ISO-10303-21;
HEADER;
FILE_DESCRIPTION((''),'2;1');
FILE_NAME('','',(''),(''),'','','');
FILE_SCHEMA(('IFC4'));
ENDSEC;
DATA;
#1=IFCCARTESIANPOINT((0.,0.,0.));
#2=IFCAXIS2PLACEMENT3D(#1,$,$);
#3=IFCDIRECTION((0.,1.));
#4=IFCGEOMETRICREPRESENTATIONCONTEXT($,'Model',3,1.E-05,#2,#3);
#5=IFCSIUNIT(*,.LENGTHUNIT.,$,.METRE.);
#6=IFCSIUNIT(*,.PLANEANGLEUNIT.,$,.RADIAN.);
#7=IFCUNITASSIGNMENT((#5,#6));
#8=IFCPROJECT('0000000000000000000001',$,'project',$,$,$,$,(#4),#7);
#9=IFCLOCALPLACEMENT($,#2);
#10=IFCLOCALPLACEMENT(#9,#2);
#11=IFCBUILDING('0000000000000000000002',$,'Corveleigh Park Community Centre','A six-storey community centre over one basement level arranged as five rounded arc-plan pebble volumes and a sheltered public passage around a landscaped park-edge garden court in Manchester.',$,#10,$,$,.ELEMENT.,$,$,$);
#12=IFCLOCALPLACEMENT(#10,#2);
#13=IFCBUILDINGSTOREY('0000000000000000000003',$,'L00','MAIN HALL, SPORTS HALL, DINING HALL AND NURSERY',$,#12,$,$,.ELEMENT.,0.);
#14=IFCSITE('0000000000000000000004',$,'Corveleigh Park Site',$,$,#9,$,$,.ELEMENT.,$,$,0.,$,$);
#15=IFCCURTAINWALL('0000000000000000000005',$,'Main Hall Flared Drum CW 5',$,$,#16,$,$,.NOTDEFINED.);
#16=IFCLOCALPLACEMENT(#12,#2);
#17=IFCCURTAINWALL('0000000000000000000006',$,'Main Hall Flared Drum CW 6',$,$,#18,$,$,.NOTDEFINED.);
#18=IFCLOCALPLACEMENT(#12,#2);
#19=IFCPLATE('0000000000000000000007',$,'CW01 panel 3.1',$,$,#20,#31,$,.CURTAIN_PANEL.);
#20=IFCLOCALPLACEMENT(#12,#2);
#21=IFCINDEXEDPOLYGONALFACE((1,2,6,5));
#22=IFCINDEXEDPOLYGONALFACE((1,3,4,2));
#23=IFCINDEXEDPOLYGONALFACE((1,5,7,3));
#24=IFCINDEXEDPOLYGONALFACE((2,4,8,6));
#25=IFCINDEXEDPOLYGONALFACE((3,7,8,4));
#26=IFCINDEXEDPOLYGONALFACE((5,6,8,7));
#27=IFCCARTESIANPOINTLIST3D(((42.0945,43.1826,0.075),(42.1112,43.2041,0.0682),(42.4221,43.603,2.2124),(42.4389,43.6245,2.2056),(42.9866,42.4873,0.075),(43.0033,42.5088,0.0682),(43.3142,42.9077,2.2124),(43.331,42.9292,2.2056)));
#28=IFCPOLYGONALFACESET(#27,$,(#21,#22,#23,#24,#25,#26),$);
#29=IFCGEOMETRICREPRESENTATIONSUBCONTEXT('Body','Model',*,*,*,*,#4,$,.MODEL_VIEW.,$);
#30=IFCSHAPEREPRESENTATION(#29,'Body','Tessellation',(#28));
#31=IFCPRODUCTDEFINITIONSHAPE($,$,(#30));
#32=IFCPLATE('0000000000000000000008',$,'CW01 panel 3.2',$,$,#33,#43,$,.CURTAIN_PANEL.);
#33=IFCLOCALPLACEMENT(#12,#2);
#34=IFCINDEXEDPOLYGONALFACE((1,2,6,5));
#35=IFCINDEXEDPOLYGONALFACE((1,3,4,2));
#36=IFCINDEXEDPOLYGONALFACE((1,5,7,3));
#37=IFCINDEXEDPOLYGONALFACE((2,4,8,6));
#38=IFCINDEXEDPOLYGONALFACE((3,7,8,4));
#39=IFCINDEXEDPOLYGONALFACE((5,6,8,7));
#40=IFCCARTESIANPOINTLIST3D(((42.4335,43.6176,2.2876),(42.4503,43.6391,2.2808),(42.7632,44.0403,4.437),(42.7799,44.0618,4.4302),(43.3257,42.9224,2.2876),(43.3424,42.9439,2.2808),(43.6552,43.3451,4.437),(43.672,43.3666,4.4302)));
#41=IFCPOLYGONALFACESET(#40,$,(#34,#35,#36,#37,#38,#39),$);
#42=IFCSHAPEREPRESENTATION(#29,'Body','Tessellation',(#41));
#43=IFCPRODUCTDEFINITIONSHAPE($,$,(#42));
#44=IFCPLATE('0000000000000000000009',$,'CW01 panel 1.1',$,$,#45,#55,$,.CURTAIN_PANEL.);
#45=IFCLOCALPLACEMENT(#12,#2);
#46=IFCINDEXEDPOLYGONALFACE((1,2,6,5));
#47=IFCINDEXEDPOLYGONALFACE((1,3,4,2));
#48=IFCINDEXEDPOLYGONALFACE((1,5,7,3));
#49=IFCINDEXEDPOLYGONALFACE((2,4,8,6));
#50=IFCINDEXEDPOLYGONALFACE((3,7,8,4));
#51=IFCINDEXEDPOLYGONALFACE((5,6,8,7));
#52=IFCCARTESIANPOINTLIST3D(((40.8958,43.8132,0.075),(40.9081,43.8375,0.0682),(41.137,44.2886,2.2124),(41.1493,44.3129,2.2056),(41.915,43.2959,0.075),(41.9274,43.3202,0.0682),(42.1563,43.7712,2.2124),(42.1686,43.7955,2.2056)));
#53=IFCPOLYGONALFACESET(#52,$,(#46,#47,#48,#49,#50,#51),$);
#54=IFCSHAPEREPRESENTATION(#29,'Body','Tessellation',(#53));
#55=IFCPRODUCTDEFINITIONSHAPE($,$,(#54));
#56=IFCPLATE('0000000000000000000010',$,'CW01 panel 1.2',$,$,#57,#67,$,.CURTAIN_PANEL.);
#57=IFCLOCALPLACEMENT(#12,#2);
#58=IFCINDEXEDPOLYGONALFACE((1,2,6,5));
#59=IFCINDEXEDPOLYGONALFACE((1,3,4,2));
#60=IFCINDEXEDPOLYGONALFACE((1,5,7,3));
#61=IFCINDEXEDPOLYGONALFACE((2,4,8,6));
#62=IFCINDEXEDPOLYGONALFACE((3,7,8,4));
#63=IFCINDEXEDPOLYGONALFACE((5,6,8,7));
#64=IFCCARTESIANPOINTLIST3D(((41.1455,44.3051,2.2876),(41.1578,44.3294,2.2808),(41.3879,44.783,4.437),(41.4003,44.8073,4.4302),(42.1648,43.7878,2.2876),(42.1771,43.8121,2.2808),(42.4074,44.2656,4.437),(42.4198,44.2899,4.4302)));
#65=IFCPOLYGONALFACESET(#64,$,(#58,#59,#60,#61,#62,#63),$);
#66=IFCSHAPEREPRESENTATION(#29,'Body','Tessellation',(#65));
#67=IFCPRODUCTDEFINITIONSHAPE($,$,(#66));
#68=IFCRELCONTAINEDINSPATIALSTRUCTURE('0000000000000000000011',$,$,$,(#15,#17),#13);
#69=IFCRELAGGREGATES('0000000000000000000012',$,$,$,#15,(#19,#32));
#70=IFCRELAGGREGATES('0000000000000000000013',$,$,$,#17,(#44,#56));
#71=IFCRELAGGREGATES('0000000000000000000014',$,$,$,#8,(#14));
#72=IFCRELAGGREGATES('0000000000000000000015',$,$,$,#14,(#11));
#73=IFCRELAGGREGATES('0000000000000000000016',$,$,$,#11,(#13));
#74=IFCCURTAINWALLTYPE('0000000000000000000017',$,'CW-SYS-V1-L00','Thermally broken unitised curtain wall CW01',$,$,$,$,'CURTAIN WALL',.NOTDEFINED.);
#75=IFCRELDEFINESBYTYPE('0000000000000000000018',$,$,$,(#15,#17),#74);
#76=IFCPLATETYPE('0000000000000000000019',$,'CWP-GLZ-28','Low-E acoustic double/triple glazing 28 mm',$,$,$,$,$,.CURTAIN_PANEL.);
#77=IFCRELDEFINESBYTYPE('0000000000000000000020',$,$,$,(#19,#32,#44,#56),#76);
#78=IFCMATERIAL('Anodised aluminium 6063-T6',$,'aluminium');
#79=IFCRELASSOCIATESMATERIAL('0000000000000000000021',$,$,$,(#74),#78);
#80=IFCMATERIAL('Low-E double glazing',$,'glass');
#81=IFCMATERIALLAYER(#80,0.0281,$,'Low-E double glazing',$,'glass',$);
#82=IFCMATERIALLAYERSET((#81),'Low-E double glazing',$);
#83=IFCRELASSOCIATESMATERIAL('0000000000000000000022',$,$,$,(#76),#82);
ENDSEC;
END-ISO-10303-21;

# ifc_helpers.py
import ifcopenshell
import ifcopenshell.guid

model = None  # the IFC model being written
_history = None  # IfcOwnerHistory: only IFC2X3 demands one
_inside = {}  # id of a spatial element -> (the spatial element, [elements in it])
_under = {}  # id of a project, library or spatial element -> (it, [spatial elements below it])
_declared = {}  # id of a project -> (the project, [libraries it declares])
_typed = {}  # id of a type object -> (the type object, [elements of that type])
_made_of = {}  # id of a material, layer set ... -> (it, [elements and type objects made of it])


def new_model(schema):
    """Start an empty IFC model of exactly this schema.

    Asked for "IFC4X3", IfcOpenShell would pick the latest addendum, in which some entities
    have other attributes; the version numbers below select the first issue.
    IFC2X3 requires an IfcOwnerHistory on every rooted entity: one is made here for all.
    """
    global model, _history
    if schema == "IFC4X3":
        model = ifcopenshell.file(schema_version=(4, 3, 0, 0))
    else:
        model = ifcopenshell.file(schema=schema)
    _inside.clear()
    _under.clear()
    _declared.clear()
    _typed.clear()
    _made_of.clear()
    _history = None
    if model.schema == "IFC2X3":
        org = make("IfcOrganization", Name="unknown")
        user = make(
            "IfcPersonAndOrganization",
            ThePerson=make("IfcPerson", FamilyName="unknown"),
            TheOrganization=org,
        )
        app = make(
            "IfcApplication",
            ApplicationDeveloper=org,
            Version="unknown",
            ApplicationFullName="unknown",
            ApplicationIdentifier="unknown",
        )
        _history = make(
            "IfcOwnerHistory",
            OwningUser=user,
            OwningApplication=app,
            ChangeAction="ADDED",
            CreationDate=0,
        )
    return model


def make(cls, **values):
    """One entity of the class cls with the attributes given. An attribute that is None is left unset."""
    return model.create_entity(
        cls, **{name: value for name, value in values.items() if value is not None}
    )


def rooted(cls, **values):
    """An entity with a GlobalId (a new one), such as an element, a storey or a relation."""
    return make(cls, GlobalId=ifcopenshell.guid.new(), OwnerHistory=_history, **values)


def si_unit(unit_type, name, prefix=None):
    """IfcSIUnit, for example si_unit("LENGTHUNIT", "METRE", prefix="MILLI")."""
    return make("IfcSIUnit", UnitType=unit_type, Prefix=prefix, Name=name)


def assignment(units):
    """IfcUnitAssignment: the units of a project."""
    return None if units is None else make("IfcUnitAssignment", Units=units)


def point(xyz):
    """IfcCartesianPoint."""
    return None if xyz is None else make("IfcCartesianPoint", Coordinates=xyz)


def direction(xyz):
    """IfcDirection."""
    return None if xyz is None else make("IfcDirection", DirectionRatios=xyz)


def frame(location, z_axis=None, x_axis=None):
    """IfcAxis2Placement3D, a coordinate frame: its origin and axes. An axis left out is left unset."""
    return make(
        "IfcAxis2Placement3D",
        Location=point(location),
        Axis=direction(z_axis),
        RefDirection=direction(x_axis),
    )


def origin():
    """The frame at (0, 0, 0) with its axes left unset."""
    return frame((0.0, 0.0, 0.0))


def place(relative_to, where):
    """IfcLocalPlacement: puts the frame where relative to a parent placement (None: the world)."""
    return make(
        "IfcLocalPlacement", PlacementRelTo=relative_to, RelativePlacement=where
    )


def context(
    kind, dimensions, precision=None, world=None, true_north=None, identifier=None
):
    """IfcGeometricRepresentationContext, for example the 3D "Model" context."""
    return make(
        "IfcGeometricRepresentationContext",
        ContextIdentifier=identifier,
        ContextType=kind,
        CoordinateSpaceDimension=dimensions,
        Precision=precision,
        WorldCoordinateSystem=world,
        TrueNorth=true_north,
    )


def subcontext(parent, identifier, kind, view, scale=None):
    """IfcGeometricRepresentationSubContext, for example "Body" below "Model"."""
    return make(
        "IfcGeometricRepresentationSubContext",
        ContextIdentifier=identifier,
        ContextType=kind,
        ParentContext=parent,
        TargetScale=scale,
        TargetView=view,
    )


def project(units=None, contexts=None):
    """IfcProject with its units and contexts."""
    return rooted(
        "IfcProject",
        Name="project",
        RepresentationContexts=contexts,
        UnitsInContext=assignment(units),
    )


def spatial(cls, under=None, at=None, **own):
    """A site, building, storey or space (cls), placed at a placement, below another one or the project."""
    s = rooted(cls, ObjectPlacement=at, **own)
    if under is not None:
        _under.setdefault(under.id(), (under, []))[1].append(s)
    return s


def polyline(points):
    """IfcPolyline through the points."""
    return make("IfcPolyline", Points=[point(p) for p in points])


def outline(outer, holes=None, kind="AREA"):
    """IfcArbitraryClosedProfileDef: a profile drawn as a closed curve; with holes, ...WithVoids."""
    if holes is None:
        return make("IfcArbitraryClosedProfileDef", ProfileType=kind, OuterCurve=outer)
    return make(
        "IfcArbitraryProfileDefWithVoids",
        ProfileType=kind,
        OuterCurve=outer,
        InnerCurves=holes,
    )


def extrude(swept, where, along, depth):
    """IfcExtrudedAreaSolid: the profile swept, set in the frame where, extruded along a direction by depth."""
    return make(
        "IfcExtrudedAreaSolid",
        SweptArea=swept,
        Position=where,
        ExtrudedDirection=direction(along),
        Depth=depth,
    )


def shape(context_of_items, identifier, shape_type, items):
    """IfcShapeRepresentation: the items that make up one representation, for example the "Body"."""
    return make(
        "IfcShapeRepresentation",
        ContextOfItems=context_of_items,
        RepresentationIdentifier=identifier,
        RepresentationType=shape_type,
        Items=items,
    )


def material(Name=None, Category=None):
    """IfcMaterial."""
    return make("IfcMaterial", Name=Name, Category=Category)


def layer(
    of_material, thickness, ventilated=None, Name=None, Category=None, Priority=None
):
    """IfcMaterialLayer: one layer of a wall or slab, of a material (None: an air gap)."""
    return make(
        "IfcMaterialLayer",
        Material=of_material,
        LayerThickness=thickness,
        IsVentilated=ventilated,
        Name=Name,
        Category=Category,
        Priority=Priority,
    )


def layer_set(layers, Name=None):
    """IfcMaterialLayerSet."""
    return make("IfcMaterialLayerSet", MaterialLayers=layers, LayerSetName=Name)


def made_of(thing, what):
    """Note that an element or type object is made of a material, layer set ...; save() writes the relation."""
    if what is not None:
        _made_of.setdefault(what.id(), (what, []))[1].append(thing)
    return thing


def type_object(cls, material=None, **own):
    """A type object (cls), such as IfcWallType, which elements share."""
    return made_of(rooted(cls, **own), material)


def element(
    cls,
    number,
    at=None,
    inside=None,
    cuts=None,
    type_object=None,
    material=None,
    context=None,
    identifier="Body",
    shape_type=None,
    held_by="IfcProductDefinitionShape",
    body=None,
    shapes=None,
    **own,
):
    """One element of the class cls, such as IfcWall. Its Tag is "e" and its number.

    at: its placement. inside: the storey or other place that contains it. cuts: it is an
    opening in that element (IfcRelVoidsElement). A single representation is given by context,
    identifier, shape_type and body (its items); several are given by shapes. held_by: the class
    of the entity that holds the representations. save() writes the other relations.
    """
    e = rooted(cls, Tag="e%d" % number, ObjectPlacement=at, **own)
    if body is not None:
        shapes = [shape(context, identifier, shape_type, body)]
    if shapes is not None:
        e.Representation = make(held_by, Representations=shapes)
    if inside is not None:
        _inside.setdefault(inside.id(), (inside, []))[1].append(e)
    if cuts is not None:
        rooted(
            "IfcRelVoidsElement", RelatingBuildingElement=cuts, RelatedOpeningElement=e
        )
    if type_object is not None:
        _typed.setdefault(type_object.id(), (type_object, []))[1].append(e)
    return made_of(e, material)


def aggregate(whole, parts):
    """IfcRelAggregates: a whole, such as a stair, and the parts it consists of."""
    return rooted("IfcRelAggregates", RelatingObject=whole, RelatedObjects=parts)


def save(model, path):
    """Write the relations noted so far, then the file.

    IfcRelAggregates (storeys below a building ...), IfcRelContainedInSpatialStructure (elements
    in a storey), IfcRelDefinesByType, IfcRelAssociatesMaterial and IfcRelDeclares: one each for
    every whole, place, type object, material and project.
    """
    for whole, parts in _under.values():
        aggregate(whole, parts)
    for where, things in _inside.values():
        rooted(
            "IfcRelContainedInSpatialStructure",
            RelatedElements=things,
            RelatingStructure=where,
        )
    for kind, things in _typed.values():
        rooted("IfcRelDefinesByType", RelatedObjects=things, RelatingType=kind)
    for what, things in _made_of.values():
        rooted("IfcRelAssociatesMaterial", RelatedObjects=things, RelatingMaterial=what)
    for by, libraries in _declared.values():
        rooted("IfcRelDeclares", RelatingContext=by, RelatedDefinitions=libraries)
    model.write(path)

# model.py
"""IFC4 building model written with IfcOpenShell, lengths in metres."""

from ifc_helpers import new_model, si_unit, direction, frame, origin, place, context, subcontext, project, spatial, polyline, outline, extrude, material, layer, layer_set, type_object, element, aggregate, save


model = new_model("IFC4")

# Units and contexts
model_context = context("Model", 3, precision=1e-05, world=origin(), true_north=direction((0.0, 1.0)))
body_context = subcontext(model_context, "Body", "Model", "MODEL_VIEW")
ifc_project = project(units=[si_unit("LENGTHUNIT", "METRE"), si_unit("PLANEANGLEUNIT", "RADIAN")], contexts=[model_context])

# Site, building, storey
site_placement = place(None, origin())
site = spatial("IfcSite", under=ifc_project, at=site_placement, Name="Corveleigh Park Site", CompositionType="ELEMENT", RefElevation=0.0)
building_placement = place(site_placement, origin())
building = spatial("IfcBuilding", under=site, at=building_placement, Name="Corveleigh Park Community Centre", Description="A six-storey community centre over one basement level arranged as five rounded arc-plan pebble volumes and a sheltered public passage around a landscaped park-edge garden court in Manchester.", CompositionType="ELEMENT")
storey_placement = place(building_placement, origin())
storey = spatial("IfcBuildingStorey", under=building, at=storey_placement, Name="L00", Description="MAIN HALL, SPORTS HALL, DINING HALL AND NURSERY", CompositionType="ELEMENT", Elevation=0.0)

# Curtain wall
ifc_material_1 = material(Name="Anodised aluminium 6063-T6", Category="aluminium")
curtain_wall_type = type_object("IfcCurtainWallType", Name="CW-SYS-V1-L00", Description="Thermally broken unitised curtain wall CW01", ElementType="CURTAIN WALL", PredefinedType="NOTDEFINED", material=ifc_material_1)
curtain_wall_1_placement = place(storey_placement, origin())
curtain_wall_1 = element("IfcCurtainWall", 1, at=curtain_wall_1_placement, inside=storey, type_object=curtain_wall_type, Name="Main Hall Flared Drum CW 5", PredefinedType="NOTDEFINED")

# Curtain wall
curtain_wall_2_placement = place(storey_placement, origin())
curtain_wall_2 = element("IfcCurtainWall", 2, at=curtain_wall_2_placement, inside=storey, type_object=curtain_wall_type, Name="Main Hall Flared Drum CW 6", PredefinedType="NOTDEFINED")

# Plates
ifc_material_2 = material(Name="Low-E double glazing", Category="glass")
ifc_layer = layer(ifc_material_2, 0.0281, Name="Low-E double glazing", Category="glass")
ifc_layer_set = layer_set([ifc_layer], Name="Low-E double glazing")
plate_type = type_object("IfcPlateType", Name="CWP-GLZ-28", Description="Low-E acoustic double/triple glazing 28 mm", PredefinedType="CURTAIN_PANEL", material=ifc_layer_set)
plate_1_placement = place(storey_placement, frame((42.9866, 42.4873, 0.075), z_axis=(-0.596482, -0.765289, 0.241954), x_axis=(-0.788724, 0.614747, 0.0)))
plate_1 = element("IfcPlate", 3, at=plate_1_placement, type_object=plate_type, Name="CW01 panel 3.1", PredefinedType="CURTAIN_PANEL", context=body_context, shape_type="SweptSolid", body=[
    extrude(outline(polyline([(0.0, 0.0), (1.1311, 0.0), (1.1311, -2.2029), (0.0, -2.2029), (0.0, 0.0)])), origin(), (0.0, 0.0, -1.0), 0.0281),
])
plate_2_placement = place(storey_placement, frame((43.3257, 42.9224, 2.2876), z_axis=(-0.596414, -0.765336, 0.241974), x_axis=(-0.788773, 0.614684, 0.00002)))
plate_2 = element("IfcPlate", 4, at=plate_2_placement, type_object=plate_type, Name="CW01 panel 3.2", PredefinedType="CURTAIN_PANEL", context=body_context, shape_type="SweptSolid", body=[
    extrude(outline(polyline([(0.0, 0.0), (1.1311, 0.0), (1.1309, -2.2152), (0.0, -2.2153), (0.0, 0.0)])), origin(), (0.0, 0.0, -1.0), 0.0281),
])
aggregate(curtain_wall_1, [plate_1, plate_2])
plate_3_placement = place(storey_placement, frame((41.915, 43.2959, 0.075), z_axis=(-0.439139, -0.865221, 0.241971), x_axis=(-0.89172, 0.452588, 0.0)))
plate_3 = element("IfcPlate", 5, at=plate_3_placement, type_object=plate_type, Name="CW01 panel 1.1", PredefinedType="CURTAIN_PANEL", context=body_context, shape_type="SweptSolid", body=[
    extrude(outline(polyline([(0.0, 0.0), (1.1431, 0.0), (1.1431, -2.2029), (0.0, -2.2029), (0.0, 0.0)])), origin(), (0.0, 0.0, -1.0), 0.0281),
])
plate_4_placement = place(storey_placement, frame((42.1648, 43.7878, 2.2876), z_axis=(-0.439106, -0.865261, 0.241886), x_axis=(-0.89174, 0.452547, 0.000011)))
plate_4 = element("IfcPlate", 6, at=plate_4_placement, type_object=plate_type, Name="CW01 panel 1.2", PredefinedType="CURTAIN_PANEL", context=body_context, shape_type="SweptSolid", body=[
    extrude(outline(polyline([(0.0, 0.0), (1.1431, 0.0), (1.1431, -2.2152), (-0.0002, -2.2152), (0.0, 0.0)])), origin(), (0.0, 0.0, -1.0), 0.0281),
])
aggregate(curtain_wall_2, [plate_3, plate_4])

save(model, "model.ifc")
